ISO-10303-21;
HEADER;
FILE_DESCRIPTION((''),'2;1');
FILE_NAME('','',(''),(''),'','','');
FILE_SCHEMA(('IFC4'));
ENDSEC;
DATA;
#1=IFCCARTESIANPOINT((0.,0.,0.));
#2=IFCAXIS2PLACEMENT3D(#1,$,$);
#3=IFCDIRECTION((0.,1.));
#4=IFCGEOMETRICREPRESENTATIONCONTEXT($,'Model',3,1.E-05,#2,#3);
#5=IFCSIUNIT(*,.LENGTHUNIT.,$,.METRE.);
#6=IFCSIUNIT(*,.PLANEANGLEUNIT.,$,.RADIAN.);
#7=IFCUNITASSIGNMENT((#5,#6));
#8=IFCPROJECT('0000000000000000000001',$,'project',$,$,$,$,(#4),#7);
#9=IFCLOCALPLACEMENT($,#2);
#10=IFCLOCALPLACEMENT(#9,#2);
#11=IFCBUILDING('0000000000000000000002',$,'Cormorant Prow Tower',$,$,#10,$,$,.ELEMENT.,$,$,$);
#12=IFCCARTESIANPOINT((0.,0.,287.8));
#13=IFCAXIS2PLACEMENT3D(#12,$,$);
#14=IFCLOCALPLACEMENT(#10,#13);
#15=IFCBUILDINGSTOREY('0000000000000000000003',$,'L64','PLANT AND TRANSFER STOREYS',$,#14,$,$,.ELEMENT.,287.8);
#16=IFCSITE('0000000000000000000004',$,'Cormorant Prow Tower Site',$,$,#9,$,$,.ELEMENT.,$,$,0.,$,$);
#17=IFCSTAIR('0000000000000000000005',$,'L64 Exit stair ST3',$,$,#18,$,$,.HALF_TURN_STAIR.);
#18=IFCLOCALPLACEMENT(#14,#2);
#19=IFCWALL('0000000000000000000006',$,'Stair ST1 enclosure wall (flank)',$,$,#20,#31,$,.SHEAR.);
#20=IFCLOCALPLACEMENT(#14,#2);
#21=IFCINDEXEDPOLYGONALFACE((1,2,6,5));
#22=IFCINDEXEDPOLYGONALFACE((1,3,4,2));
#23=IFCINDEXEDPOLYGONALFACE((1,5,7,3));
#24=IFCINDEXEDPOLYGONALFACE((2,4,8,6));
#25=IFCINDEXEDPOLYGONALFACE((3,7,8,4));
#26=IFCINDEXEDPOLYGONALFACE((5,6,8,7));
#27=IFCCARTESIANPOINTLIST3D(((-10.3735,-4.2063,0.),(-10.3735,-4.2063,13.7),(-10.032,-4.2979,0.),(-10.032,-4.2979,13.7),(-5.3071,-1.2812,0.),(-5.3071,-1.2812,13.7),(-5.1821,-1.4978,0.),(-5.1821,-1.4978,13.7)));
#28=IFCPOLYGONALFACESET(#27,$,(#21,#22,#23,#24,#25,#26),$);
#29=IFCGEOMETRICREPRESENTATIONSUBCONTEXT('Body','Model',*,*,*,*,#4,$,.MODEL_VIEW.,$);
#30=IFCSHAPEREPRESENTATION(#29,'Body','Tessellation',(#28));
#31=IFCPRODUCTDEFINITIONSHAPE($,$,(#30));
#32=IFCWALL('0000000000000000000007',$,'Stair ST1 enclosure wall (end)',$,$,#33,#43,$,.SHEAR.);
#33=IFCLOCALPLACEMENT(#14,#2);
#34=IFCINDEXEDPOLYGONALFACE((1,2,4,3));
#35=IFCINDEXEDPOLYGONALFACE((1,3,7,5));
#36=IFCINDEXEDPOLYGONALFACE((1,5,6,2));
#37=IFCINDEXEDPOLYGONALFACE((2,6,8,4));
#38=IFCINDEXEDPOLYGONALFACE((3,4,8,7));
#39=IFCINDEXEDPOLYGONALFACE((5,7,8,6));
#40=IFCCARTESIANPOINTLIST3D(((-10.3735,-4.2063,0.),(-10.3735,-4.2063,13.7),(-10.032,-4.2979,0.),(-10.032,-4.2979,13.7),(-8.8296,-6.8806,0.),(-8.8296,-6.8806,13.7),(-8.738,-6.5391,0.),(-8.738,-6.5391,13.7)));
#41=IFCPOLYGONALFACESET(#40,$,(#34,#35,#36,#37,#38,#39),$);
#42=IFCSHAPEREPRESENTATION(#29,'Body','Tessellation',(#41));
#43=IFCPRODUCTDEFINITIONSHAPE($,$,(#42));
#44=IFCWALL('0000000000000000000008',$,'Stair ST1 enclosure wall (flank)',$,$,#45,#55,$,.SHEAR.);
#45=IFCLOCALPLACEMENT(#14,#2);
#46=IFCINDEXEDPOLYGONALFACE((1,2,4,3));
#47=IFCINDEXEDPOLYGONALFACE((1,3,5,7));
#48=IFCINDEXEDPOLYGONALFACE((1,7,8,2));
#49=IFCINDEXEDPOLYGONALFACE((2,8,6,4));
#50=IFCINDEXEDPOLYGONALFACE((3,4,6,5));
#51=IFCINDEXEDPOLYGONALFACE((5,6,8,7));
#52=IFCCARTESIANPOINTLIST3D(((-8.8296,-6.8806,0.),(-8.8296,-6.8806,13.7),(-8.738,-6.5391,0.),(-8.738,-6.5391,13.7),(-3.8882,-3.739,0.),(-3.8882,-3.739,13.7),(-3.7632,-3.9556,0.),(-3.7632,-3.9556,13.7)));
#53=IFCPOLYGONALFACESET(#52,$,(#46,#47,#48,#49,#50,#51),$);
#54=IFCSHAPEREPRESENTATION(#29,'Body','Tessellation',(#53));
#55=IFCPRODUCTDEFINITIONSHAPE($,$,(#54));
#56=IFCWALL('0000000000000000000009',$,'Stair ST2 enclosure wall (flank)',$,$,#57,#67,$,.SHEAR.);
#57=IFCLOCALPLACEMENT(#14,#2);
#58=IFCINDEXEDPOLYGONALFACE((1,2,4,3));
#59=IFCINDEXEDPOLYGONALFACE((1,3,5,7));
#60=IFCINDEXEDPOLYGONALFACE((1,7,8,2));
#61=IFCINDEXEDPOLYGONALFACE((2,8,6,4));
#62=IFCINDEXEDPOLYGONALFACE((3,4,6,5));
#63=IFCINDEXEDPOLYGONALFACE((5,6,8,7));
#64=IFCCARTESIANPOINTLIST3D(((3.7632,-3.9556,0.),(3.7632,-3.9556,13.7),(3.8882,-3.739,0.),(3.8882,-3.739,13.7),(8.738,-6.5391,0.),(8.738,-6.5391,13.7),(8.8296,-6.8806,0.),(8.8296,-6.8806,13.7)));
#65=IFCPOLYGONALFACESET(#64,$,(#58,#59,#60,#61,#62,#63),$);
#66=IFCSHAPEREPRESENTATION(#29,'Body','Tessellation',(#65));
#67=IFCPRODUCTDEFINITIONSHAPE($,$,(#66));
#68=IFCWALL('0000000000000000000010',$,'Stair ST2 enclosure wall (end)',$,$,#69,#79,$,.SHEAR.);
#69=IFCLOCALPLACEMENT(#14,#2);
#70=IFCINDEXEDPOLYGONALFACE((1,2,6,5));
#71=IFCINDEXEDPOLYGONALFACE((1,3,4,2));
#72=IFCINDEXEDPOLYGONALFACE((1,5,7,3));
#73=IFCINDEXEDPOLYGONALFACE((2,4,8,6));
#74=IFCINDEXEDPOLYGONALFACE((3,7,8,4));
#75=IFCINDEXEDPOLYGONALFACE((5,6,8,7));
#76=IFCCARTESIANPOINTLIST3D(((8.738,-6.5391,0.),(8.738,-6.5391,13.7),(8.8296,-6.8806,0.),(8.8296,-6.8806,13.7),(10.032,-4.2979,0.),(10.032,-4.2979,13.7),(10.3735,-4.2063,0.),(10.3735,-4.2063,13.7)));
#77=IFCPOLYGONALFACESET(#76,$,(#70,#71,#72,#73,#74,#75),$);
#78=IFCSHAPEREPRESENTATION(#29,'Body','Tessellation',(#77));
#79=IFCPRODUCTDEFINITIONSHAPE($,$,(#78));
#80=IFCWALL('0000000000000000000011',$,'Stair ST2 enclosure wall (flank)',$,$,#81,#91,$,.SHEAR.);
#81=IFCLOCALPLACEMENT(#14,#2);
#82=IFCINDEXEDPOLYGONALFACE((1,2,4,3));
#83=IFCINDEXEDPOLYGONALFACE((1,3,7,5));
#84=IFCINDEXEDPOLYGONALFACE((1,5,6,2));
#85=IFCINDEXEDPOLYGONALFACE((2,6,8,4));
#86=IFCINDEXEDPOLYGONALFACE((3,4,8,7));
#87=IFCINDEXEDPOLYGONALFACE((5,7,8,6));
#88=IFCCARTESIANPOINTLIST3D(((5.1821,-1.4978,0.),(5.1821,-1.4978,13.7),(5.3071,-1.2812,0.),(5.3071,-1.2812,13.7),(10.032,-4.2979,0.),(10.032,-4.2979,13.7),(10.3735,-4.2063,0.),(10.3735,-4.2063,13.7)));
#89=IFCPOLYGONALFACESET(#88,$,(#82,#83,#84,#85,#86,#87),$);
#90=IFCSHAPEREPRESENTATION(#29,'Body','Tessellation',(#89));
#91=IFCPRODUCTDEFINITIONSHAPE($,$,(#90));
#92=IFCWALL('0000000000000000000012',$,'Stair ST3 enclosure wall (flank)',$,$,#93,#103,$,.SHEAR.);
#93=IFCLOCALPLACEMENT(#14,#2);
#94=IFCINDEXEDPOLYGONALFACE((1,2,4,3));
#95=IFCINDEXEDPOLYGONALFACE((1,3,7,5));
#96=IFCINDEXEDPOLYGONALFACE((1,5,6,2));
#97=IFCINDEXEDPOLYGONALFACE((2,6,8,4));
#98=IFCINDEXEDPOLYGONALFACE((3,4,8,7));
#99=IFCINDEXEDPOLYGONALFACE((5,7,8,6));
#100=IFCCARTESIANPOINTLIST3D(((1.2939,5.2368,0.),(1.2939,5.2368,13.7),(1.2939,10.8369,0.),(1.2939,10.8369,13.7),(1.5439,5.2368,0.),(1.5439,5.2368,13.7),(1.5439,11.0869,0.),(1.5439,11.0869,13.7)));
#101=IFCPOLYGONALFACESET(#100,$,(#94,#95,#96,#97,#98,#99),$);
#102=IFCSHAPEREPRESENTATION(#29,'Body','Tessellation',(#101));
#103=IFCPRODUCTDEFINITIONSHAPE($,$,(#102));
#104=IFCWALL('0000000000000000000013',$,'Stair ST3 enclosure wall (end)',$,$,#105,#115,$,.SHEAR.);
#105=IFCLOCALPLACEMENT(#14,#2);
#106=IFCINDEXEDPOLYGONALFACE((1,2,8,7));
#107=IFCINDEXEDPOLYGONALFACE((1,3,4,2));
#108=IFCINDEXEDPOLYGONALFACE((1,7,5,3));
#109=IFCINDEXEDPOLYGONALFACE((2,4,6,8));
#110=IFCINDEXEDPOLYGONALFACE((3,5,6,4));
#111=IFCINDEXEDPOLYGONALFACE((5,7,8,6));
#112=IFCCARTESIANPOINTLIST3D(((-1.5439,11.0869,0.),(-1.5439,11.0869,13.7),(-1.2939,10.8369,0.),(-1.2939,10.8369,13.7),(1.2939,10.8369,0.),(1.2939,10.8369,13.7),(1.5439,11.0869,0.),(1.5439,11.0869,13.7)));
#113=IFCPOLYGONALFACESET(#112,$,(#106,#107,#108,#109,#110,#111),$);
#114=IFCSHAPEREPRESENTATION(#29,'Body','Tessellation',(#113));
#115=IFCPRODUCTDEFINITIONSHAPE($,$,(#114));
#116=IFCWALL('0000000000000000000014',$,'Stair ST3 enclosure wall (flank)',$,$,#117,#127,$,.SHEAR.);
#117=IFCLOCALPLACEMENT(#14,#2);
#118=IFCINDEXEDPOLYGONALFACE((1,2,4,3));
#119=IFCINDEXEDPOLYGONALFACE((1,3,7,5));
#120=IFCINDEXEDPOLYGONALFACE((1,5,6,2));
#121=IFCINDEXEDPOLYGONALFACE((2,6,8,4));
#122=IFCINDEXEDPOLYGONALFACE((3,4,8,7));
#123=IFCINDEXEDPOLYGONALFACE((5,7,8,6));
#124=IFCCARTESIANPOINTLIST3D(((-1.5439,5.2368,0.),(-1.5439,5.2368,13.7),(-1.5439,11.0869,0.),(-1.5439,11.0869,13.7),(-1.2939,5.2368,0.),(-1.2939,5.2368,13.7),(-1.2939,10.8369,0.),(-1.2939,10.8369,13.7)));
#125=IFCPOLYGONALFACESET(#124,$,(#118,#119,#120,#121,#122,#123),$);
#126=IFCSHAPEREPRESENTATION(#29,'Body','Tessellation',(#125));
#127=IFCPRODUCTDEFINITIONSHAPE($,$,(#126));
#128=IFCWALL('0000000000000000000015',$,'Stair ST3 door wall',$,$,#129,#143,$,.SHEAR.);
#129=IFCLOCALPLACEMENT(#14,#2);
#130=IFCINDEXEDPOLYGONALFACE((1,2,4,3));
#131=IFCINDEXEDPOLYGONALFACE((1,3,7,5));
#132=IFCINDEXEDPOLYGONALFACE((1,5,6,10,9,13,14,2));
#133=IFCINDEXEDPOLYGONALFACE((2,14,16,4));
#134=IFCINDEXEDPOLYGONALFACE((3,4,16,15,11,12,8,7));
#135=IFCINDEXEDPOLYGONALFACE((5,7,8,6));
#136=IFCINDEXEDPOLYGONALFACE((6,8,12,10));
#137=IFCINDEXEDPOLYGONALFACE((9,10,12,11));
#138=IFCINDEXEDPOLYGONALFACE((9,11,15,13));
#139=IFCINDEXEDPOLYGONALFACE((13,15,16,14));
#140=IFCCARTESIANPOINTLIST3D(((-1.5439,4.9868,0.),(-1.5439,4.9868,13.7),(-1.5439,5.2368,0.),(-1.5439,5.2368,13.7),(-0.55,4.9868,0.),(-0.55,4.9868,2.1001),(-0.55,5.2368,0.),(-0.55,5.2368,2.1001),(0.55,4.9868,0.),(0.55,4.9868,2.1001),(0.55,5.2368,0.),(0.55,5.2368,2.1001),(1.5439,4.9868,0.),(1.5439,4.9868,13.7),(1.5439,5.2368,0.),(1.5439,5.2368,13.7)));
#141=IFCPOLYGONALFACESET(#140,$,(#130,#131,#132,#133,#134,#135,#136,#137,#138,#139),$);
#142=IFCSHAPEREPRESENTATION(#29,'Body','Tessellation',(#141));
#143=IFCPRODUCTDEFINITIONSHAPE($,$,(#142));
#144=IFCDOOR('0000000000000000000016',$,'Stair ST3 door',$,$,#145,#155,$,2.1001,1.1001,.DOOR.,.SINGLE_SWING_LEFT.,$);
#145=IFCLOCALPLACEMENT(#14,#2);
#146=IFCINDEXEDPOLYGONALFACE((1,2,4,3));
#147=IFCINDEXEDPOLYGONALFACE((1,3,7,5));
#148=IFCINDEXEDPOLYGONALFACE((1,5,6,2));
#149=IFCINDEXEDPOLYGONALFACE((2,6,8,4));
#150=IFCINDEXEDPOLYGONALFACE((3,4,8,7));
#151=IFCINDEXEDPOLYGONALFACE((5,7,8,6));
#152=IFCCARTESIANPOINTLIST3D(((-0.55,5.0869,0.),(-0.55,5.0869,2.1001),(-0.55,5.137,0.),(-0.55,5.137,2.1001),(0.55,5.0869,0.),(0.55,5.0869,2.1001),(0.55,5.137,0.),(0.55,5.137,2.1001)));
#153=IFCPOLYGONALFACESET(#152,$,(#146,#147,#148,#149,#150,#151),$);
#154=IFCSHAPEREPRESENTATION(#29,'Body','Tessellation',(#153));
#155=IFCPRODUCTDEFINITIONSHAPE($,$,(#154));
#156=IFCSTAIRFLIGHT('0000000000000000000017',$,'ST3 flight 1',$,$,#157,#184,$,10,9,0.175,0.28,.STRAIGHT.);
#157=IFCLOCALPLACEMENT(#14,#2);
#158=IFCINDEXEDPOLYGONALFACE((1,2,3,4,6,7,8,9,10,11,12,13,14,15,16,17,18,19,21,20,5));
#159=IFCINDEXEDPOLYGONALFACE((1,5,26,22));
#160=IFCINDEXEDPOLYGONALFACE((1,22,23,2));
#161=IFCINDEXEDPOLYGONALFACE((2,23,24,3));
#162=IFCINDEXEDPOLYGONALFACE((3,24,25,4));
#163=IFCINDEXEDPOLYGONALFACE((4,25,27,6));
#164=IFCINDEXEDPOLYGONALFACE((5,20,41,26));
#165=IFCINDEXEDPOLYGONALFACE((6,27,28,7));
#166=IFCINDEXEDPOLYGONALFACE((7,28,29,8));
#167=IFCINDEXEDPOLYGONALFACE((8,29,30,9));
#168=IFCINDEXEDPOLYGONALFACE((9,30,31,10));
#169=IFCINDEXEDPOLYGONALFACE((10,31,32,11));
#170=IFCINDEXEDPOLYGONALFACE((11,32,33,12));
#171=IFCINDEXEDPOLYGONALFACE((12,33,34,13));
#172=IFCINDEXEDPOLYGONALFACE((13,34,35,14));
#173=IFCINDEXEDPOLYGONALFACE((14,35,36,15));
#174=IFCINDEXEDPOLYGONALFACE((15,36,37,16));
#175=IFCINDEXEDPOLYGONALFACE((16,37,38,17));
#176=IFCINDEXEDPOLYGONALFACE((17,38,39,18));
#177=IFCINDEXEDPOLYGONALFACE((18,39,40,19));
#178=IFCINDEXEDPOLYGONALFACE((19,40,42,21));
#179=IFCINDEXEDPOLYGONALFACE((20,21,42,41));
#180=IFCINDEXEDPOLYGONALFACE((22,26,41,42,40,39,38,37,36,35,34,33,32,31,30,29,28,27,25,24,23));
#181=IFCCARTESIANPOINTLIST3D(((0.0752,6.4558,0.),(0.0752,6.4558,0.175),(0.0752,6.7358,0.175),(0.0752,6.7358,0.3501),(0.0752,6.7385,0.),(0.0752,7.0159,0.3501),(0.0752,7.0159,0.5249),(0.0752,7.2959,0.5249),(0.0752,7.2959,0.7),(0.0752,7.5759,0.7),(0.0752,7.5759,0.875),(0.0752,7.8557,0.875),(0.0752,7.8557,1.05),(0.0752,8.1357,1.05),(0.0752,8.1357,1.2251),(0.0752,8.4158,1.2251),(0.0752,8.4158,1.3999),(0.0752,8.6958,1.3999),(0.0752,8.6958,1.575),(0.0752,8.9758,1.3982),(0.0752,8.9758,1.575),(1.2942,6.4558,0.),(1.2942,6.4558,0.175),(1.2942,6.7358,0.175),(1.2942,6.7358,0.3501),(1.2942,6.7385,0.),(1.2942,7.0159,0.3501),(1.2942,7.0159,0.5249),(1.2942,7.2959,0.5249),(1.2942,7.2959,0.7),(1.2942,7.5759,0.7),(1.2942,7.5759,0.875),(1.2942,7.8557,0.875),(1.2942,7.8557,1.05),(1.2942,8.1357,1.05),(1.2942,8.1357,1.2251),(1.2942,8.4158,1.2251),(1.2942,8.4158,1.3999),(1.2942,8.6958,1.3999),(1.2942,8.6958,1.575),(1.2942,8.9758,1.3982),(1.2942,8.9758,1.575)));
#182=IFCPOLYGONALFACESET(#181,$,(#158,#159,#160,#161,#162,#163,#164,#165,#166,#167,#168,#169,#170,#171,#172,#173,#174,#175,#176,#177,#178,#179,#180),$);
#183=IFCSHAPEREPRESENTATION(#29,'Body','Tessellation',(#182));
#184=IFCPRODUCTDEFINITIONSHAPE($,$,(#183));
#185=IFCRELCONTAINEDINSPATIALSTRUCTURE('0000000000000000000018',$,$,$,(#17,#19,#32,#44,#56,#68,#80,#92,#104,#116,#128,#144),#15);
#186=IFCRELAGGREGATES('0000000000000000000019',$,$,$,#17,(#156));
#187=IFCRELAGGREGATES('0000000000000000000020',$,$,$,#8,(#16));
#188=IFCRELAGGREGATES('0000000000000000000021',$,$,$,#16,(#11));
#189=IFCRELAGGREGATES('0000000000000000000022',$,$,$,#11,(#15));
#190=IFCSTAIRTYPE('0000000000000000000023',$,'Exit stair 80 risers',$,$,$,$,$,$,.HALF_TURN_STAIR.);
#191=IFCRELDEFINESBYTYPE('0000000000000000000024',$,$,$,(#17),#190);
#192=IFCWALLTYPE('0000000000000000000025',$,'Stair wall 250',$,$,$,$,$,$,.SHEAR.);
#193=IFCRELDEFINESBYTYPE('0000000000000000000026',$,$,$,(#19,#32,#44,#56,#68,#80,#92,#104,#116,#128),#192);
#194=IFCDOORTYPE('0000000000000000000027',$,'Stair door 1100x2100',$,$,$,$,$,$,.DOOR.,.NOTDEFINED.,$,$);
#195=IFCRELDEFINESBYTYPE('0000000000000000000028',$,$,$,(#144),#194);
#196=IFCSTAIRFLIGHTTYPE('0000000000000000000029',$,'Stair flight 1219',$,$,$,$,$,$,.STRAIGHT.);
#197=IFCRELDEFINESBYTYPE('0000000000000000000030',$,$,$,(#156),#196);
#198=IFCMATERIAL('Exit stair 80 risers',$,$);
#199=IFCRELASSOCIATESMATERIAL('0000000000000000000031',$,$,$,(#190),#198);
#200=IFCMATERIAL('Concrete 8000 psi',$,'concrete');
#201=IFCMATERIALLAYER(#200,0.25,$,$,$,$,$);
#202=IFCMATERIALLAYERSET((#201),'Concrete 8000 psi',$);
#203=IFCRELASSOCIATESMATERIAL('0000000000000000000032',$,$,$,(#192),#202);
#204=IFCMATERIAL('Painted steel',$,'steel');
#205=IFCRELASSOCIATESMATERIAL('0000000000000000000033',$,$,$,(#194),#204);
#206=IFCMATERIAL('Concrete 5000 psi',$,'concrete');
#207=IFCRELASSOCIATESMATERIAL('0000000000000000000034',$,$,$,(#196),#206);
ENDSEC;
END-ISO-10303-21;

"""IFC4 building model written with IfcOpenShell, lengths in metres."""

from ifc_helpers import new_model, si_unit, direction, frame, frame_2d, origin, place, context, subcontext, project, spatial, polyline, rectangle, outline, extrude, material, layer, layer_set, type_object, element, fill, aggregate, save


model = new_model("IFC4")

# Units and contexts
model_context = context("Model", 3, precision=1e-05, world=origin(), true_north=direction((0.0, 1.0)))
body_context = subcontext(model_context, "Body", "Model", "MODEL_VIEW")
ifc_project = project(units=[si_unit("LENGTHUNIT", "METRE"), si_unit("PLANEANGLEUNIT", "RADIAN")], contexts=[model_context])

# Site, building, storey
site_placement = place(None, origin())
site = spatial("IfcSite", under=ifc_project, at=site_placement, Name="Cormorant Prow Tower Site", CompositionType="ELEMENT", RefElevation=0.0)
building_placement = place(site_placement, origin())
building = spatial("IfcBuilding", under=site, at=building_placement, Name="Cormorant Prow Tower", CompositionType="ELEMENT")
storey_placement = place(building_placement, frame((0.0, 0.0, 287.8)))
storey = spatial("IfcBuildingStorey", under=building, at=storey_placement, Name="L64", Description="PLANT AND TRANSFER STOREYS", CompositionType="ELEMENT", Elevation=287.8)

# Stair
ifc_material_1 = material(Name="Exit stair 80 risers")
stair_type = type_object("IfcStairType", Name="Exit stair 80 risers", PredefinedType="HALF_TURN_STAIR", material=ifc_material_1)
stair_1_placement = place(storey_placement, origin())
stair_1 = element("IfcStair", 1, at=stair_1_placement, inside=storey, type_object=stair_type, Name="L64 Exit stair ST3", PredefinedType="HALF_TURN_STAIR")

# Walls
ifc_material_2 = material(Name="Concrete 8000 psi", Category="concrete")
ifc_layer_1 = layer(ifc_material_2, 0.25)
ifc_layer_set_1 = layer_set([ifc_layer_1], Name="Concrete 8000 psi")
wall_type_1 = type_object("IfcWallType", Name="Stair wall 250", PredefinedType="SHEAR", material=ifc_layer_set_1)
wall_1_placement = place(storey_placement, origin())
element("IfcWall", 2, at=wall_1_placement, inside=storey, type_object=wall_type_1, Name="Stair ST1 enclosure wall (flank)", PredefinedType="SHEAR", context=body_context, shape_type="SweptSolid", body=[
    extrude(outline(polyline([(-5.3071, -1.2812), (-10.3735, -4.2063), (-10.032, -4.2979), (-5.1821, -1.4978), (-5.3071, -1.2812)])), origin(), (0.0, 0.0, 1.0), 13.7),
])
wall_2_placement = place(storey_placement, origin())
element("IfcWall", 3, at=wall_2_placement, inside=storey, type_object=wall_type_1, Name="Stair ST1 enclosure wall (end)", PredefinedType="SHEAR", context=body_context, shape_type="SweptSolid", body=[
    extrude(outline(polyline([(-10.3735, -4.2063), (-8.8296, -6.8806), (-8.738, -6.5391), (-10.032, -4.2979), (-10.3735, -4.2063)])), origin(), (0.0, 0.0, 1.0), 13.7),
])
wall_3_placement = place(storey_placement, origin())
element("IfcWall", 4, at=wall_3_placement, inside=storey, type_object=wall_type_1, Name="Stair ST1 enclosure wall (flank)", PredefinedType="SHEAR", context=body_context, shape_type="SweptSolid", body=[
    extrude(outline(polyline([(-8.738, -6.5391), (-8.8296, -6.8806), (-3.7632, -3.9556), (-3.8882, -3.739), (-8.738, -6.5391)])), origin(), (0.0, 0.0, 1.0), 13.7),
])
wall_4_placement = place(storey_placement, origin())
element("IfcWall", 5, at=wall_4_placement, inside=storey, type_object=wall_type_1, Name="Stair ST2 enclosure wall (flank)", PredefinedType="SHEAR", context=body_context, shape_type="SweptSolid", body=[
    extrude(outline(polyline([(3.7632, -3.9556), (8.8296, -6.8806), (8.738, -6.5391), (3.8882, -3.739), (3.7632, -3.9556)])), origin(), (0.0, 0.0, 1.0), 13.7),
])
wall_5_placement = place(storey_placement, origin())
element("IfcWall", 6, at=wall_5_placement, inside=storey, type_object=wall_type_1, Name="Stair ST2 enclosure wall (end)", PredefinedType="SHEAR", context=body_context, shape_type="SweptSolid", body=[
    extrude(outline(polyline([(8.8296, -6.8806), (10.3735, -4.2063), (10.032, -4.2979), (8.738, -6.5391), (8.8296, -6.8806)])), origin(), (0.0, 0.0, 1.0), 13.7),
])
wall_6_placement = place(storey_placement, origin())
element("IfcWall", 7, at=wall_6_placement, inside=storey, type_object=wall_type_1, Name="Stair ST2 enclosure wall (flank)", PredefinedType="SHEAR", context=body_context, shape_type="SweptSolid", body=[
    extrude(outline(polyline([(10.032, -4.2979), (10.3735, -4.2063), (5.3071, -1.2812), (5.1821, -1.4978), (10.032, -4.2979)])), origin(), (0.0, 0.0, 1.0), 13.7),
])
wall_7_placement = place(storey_placement, origin())
element("IfcWall", 8, at=wall_7_placement, inside=storey, type_object=wall_type_1, Name="Stair ST3 enclosure wall (flank)", PredefinedType="SHEAR", context=body_context, shape_type="SweptSolid", body=[
    extrude(outline(polyline([(1.5439, 5.2368), (1.5439, 11.0869), (1.2939, 10.8369), (1.2939, 5.2368), (1.5439, 5.2368)])), origin(), (0.0, 0.0, 1.0), 13.7),
])
wall_8_placement = place(storey_placement, origin())
element("IfcWall", 9, at=wall_8_placement, inside=storey, type_object=wall_type_1, Name="Stair ST3 enclosure wall (end)", PredefinedType="SHEAR", context=body_context, shape_type="SweptSolid", body=[
    extrude(outline(polyline([(1.5439, 11.0869), (-1.5439, 11.0869), (-1.2939, 10.8369), (1.2939, 10.8369), (1.5439, 11.0869)])), origin(), (0.0, 0.0, 1.0), 13.7),
])
wall_9_placement = place(storey_placement, origin())
element("IfcWall", 10, at=wall_9_placement, inside=storey, type_object=wall_type_1, Name="Stair ST3 enclosure wall (flank)", PredefinedType="SHEAR", context=body_context, shape_type="SweptSolid", body=[
    extrude(outline(polyline([(-1.2939, 10.8369), (-1.5439, 11.0869), (-1.5439, 5.2368), (-1.2939, 5.2368), (-1.2939, 10.8369)])), origin(), (0.0, 0.0, 1.0), 13.7),
])

# Wall, opening, door
wall_10_placement = place(storey_placement, frame((1.5439, 5.1118, 0.0), z_axis=(0.0, 0.0, 1.0), x_axis=(-1.0, 0.0, 0.0)))
wall_10 = element("IfcWall", 11, at=wall_10_placement, inside=storey, type_object=wall_type_1, Name="Stair ST3 door wall", PredefinedType="SHEAR", context=body_context, shape_type="SweptSolid", body=[
    extrude(rectangle(XDim=3.0879, YDim=0.25, at=frame_2d((1.5439, 0.0))), origin(), (0.0, 0.0, 1.0), 13.7),
])
opening_placement = place(wall_10_placement, frame((0.9939, 0.0, 0.0)))
opening = element("IfcOpeningElement", 12, at=opening_placement, cuts=wall_10, PredefinedType="OPENING", context=body_context, shape_type="SweptSolid", body=[
    extrude(rectangle(XDim=1.1001, YDim=2.1001, at=frame_2d((0.55, 1.05))), frame((0.0, 0.135, 0.0), z_axis=(0.0, -1.0, 0.0), x_axis=(1.0, 0.0, 0.0)), (0.0, 0.0, 1.0), 0.27),
])
ifc_material_3 = material(Name="Painted steel", Category="steel")
door_type = type_object("IfcDoorType", Name="Stair door 1100x2100", OperationType="NOTDEFINED", PredefinedType="DOOR", material=ifc_material_3)
door_placement = place(opening_placement, origin())
door = element("IfcDoor", 13, at=door_placement, inside=storey, type_object=door_type, Name="Stair ST3 door", OperationType="SINGLE_SWING_LEFT", OverallHeight=2.1001, OverallWidth=1.1001, PredefinedType="DOOR", context=body_context, shape_type="SweptSolid", body=[
    extrude(rectangle(XDim=1.1001, YDim=2.1001, at=frame_2d((0.55, 1.05))), frame((0.0, 0.0249, 0.0), z_axis=(0.0, -1.0, 0.0), x_axis=(1.0, 0.0, 0.0)), (0.0, 0.0, 1.0), 0.05),
])
fill(opening, door)

# Stair flight
ifc_material_4 = material(Name="Concrete 5000 psi", Category="concrete")
stair_flight_type = type_object("IfcStairFlightType", Name="Stair flight 1219", PredefinedType="STRAIGHT", material=ifc_material_4)
stair_flight_placement = place(storey_placement, frame((0.6846, 6.4558, 0.0), z_axis=(0.0, 0.0, 1.0), x_axis=(0.0, 1.0, 0.0)))
stair_flight = element("IfcStairFlight", 14, at=stair_flight_placement, type_object=stair_flight_type, Name="ST3 flight 1", NumberOfRisers=10, NumberOfTreads=9, PredefinedType="STRAIGHT", RiserHeight=0.175, TreadLength=0.28, context=body_context, shape_type="SweptSolid", body=[
    extrude(outline(polyline([(0.0, 0.0), (0.0, 0.175), (0.28, 0.175), (0.28, 0.3501), (0.5601, 0.3501), (0.5601, 0.5249), (0.8401, 0.5249), (0.8401, 0.7), (1.1201, 0.7), (1.1201, 0.875), (1.3999, 0.875), (1.3999, 1.05), (1.6799, 1.05), (1.6799, 1.2251), (1.96, 1.2251), (1.96, 1.3999), (2.24, 1.3999), (2.24, 1.575), (2.52, 1.575), (2.52, 1.75), (2.52, 1.3982), (0.2827, 0.0), (0.0, 0.0)])), frame((0.0, 0.6094, 0.0), z_axis=(0.0, -1.0, 0.0), x_axis=(1.0, 0.0, 0.0)), (0.0, 0.0, 1.0), 1.219),
])
aggregate(stair_1, [stair_flight])

save(model, "model.ifc")
